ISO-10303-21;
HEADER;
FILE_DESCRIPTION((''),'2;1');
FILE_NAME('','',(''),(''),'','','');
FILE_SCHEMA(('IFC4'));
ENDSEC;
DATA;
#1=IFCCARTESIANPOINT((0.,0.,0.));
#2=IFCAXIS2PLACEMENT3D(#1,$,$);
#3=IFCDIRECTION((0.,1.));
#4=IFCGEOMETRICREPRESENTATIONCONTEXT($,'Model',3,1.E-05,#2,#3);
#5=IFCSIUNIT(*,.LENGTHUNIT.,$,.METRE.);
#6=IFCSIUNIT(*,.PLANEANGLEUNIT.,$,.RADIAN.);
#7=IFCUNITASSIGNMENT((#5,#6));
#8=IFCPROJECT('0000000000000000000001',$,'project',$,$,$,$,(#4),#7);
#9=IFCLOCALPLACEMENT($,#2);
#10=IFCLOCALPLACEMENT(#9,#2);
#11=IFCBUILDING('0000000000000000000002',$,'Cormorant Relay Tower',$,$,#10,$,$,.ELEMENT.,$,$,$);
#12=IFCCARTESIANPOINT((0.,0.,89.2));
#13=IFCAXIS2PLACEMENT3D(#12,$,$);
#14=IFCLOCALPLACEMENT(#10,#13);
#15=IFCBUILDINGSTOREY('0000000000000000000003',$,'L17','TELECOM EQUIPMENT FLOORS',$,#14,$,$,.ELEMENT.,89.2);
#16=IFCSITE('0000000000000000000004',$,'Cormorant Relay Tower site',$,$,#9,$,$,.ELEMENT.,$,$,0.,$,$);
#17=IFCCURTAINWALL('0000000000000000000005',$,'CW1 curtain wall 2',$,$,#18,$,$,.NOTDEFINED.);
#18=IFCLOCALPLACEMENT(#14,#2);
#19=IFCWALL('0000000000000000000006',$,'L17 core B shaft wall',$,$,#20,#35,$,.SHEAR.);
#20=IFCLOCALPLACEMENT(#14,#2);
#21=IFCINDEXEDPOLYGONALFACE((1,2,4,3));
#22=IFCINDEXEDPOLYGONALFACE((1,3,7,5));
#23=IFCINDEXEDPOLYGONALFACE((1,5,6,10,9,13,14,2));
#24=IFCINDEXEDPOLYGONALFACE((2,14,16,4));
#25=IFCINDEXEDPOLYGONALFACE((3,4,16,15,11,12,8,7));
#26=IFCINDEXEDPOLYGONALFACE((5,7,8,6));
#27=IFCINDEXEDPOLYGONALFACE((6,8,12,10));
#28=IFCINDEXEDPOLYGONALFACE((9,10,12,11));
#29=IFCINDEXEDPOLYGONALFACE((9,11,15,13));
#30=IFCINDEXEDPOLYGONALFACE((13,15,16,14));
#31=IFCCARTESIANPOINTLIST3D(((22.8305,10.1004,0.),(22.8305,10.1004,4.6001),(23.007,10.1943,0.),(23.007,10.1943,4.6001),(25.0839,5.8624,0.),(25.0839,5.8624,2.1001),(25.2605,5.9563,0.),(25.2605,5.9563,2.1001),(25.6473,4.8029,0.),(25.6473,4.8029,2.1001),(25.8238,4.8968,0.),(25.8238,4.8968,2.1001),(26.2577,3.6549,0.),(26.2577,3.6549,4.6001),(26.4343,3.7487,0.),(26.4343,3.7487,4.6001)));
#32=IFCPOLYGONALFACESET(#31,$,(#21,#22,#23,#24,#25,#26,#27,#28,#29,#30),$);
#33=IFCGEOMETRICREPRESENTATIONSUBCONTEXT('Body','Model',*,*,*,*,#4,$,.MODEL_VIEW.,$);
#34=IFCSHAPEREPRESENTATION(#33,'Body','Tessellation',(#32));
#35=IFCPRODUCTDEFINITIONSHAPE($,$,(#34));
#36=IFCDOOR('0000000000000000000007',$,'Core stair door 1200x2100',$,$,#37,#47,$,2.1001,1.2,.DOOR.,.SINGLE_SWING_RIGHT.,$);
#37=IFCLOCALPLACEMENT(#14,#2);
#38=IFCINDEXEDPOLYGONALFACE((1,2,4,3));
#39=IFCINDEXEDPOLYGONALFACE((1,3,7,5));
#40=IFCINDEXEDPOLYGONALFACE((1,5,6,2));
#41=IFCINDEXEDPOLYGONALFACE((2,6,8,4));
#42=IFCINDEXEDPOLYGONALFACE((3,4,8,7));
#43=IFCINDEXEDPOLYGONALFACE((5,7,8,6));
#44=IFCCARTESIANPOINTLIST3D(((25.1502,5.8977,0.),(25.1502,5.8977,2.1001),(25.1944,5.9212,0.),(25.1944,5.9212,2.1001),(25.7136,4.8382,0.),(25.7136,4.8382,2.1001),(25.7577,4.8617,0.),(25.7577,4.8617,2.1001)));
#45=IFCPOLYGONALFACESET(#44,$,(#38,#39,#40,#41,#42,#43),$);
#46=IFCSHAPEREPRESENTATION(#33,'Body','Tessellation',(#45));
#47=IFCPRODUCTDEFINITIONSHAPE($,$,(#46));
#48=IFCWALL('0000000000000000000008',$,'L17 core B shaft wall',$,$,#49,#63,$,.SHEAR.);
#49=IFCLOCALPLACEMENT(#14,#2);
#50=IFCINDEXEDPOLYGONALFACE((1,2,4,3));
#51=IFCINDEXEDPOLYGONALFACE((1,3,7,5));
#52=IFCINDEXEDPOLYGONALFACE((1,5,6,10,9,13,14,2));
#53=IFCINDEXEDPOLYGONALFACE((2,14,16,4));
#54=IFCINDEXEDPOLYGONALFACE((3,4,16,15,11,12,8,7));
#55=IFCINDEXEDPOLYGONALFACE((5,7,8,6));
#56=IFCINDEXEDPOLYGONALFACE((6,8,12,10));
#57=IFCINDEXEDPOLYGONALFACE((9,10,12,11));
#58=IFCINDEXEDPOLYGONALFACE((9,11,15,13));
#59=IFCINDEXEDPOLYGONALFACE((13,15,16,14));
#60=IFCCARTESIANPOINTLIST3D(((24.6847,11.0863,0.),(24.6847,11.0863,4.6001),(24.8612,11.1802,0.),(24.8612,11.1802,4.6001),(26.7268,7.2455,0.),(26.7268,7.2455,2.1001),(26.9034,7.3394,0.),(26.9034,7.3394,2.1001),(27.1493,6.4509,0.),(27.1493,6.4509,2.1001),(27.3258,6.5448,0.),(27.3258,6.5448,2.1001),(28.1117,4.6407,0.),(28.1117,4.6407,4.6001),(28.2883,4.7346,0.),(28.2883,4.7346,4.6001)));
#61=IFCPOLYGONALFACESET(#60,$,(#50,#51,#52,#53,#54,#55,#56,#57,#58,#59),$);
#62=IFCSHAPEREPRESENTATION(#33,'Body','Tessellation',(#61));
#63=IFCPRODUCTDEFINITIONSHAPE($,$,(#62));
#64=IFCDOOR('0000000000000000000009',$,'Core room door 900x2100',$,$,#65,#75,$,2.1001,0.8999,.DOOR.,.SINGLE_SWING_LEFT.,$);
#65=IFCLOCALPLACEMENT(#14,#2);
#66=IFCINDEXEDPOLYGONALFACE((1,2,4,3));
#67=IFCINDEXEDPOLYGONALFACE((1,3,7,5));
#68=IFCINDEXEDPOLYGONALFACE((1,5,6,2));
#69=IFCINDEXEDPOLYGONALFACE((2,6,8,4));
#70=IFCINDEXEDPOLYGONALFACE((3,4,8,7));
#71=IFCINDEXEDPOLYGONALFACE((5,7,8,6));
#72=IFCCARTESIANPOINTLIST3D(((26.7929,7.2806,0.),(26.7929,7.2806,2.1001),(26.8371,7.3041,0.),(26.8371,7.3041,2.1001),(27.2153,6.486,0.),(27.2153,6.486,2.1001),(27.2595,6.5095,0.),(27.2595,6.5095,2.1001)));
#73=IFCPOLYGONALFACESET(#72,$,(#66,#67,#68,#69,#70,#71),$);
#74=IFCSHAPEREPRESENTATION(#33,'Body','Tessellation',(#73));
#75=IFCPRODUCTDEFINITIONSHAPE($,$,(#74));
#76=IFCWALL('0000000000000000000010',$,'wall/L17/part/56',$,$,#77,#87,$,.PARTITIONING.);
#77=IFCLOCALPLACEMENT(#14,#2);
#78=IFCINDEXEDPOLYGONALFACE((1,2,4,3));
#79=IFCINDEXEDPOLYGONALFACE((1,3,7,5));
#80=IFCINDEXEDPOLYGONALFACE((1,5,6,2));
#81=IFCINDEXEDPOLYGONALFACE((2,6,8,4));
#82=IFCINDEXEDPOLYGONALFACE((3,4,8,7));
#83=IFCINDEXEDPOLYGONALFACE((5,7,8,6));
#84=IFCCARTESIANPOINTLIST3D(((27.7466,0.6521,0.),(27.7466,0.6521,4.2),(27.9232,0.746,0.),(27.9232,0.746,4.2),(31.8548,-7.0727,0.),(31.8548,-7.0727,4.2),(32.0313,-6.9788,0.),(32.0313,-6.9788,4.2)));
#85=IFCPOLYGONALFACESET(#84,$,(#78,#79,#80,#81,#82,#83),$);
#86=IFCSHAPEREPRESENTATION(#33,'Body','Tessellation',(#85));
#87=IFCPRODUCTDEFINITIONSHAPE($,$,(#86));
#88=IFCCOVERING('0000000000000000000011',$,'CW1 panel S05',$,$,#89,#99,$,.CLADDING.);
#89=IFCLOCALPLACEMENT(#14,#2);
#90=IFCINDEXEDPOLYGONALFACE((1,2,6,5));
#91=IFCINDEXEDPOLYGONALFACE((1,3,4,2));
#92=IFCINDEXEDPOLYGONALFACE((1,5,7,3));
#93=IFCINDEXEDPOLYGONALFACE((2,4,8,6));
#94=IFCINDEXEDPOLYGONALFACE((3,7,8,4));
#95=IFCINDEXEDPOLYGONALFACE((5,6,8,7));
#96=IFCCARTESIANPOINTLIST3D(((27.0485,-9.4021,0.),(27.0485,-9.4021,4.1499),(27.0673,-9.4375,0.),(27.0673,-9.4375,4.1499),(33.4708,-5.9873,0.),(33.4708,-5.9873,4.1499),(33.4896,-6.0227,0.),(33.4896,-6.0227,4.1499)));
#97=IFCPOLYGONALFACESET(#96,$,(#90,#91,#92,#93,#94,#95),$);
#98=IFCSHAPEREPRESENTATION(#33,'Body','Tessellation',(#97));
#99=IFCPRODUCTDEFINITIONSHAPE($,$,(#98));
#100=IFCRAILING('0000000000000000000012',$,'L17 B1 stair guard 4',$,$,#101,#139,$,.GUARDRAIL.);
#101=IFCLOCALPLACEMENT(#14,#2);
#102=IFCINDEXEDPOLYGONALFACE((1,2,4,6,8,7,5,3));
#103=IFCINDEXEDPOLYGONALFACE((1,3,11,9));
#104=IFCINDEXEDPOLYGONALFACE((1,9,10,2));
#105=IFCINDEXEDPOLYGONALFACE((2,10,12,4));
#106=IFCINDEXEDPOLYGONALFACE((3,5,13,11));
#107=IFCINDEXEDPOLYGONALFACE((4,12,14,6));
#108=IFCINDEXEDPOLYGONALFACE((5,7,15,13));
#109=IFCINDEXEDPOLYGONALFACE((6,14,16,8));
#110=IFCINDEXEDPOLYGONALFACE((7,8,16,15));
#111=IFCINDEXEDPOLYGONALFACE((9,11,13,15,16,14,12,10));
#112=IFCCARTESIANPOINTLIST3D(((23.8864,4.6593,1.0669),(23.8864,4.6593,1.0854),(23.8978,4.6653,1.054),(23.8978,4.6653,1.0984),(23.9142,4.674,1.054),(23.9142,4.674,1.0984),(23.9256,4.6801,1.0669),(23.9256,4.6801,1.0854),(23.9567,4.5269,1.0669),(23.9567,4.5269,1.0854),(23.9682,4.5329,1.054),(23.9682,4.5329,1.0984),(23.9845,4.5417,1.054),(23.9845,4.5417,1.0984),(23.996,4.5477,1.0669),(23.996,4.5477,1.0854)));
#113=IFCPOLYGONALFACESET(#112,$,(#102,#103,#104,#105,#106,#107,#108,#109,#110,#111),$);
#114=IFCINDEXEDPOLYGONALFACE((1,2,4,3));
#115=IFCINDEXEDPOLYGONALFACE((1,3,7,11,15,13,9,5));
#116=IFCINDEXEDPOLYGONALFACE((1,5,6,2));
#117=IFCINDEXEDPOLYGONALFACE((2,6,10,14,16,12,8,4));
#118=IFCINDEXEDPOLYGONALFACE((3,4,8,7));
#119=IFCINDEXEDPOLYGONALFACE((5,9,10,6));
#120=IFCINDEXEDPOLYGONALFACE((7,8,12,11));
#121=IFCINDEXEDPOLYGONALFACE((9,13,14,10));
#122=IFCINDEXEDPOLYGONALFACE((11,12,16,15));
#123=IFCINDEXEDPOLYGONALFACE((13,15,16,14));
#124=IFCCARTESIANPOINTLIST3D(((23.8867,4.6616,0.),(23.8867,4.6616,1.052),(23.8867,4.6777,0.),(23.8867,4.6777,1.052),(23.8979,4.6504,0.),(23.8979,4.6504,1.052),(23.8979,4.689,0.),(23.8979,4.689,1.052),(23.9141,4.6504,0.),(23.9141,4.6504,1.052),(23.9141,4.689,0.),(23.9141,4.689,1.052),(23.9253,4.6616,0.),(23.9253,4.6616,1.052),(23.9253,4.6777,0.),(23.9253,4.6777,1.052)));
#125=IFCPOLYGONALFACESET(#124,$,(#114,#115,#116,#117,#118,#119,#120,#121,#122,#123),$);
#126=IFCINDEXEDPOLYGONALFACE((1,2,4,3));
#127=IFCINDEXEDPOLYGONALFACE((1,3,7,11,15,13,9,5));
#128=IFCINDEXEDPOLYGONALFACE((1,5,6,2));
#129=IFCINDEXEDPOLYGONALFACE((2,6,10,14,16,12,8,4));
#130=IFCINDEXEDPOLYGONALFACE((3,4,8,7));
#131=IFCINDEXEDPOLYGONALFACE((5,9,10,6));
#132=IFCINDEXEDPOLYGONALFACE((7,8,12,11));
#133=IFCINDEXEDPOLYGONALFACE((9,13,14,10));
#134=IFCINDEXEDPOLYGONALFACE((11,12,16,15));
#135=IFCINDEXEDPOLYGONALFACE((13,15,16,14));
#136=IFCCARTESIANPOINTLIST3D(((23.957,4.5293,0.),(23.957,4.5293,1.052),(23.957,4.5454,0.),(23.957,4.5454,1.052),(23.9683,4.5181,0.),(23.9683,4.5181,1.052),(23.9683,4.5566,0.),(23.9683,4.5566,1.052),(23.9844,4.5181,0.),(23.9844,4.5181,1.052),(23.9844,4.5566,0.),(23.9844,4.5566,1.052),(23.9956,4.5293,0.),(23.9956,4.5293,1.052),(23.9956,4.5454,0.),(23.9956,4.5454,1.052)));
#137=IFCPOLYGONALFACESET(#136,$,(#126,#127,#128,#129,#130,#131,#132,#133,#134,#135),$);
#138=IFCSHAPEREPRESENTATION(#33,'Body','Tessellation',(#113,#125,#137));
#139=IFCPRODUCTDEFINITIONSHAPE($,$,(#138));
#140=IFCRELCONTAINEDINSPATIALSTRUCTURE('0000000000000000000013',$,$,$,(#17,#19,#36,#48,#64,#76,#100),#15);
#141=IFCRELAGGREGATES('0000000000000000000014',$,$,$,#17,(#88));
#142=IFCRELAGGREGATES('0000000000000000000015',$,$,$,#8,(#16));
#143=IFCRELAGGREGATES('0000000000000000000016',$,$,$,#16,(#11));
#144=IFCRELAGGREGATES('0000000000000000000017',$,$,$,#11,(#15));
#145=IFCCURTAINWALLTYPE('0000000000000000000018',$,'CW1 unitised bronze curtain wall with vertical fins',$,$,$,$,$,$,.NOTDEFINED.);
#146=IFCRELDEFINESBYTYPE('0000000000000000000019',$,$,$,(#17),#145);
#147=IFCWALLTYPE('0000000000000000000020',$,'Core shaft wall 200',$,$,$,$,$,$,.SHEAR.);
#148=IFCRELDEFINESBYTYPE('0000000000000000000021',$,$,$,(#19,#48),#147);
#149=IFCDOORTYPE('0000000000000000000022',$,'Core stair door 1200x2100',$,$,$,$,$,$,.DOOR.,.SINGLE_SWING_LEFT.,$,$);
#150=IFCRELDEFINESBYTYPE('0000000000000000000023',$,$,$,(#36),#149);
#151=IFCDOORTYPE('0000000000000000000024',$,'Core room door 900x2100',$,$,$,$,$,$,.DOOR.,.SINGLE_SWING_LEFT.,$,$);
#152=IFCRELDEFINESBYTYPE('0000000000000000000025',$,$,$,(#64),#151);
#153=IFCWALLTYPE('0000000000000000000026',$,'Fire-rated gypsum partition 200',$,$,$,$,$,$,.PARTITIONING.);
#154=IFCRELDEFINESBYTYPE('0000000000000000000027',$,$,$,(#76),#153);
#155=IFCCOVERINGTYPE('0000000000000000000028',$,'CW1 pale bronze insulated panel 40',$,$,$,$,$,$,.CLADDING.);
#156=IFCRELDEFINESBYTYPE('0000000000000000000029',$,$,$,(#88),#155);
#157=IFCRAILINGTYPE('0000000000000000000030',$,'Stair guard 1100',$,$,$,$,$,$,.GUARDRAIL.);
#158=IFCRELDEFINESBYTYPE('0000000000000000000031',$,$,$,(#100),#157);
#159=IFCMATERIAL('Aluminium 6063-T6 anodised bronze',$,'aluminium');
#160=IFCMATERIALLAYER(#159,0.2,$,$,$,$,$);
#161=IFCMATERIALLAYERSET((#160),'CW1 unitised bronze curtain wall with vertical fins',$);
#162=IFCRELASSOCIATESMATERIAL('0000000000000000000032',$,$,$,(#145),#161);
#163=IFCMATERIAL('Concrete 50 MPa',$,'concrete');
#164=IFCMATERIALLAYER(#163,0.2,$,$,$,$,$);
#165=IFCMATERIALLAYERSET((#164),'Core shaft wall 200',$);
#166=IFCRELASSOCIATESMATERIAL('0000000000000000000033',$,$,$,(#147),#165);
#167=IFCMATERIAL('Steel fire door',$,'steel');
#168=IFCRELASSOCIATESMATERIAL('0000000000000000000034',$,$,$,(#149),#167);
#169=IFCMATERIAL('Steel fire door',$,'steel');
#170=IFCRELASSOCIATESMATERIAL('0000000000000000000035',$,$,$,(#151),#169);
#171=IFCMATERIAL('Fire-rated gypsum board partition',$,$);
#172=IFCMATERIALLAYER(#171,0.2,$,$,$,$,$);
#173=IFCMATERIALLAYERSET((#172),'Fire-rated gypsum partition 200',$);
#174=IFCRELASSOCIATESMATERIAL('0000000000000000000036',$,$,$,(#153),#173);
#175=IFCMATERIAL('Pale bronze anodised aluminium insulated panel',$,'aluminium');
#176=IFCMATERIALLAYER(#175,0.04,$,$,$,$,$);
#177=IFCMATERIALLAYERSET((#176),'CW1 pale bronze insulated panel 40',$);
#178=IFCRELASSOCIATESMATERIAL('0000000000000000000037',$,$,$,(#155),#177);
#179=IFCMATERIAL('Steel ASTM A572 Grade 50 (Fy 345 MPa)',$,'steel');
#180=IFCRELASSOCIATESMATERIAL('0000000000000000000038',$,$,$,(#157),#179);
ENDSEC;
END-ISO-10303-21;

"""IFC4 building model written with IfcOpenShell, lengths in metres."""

from ifc_helpers import new_model, si_unit, direction, frame, frame_2d, origin, origin_2d, place, context, subcontext, project, spatial, polyline, rectangle, outline, extrude, material, layer, layer_set, type_object, element, fill, aggregate, save


model = new_model("IFC4")

# Units and contexts
model_context = context("Model", 3, precision=1e-05, world=origin(), true_north=direction((0.0, 1.0)))
body_context = subcontext(model_context, "Body", "Model", "MODEL_VIEW")
ifc_project = project(units=[si_unit("LENGTHUNIT", "METRE"), si_unit("PLANEANGLEUNIT", "RADIAN")], contexts=[model_context])

# Site, building, storey
site_placement = place(None, origin())
site = spatial("IfcSite", under=ifc_project, at=site_placement, Name="Cormorant Relay Tower site", CompositionType="ELEMENT", RefElevation=0.0)
building_placement = place(site_placement, origin())
building = spatial("IfcBuilding", under=site, at=building_placement, Name="Cormorant Relay Tower", CompositionType="ELEMENT")
storey_placement = place(building_placement, frame((0.0, 0.0, 89.2)))
storey = spatial("IfcBuildingStorey", under=building, at=storey_placement, Name="L17", Description="TELECOM EQUIPMENT FLOORS", CompositionType="ELEMENT", Elevation=89.2)

# Curtain wall
ifc_material_1 = material(Name="Aluminium 6063-T6 anodised bronze", Category="aluminium")
ifc_layer_1 = layer(ifc_material_1, 0.2)
ifc_layer_set_1 = layer_set([ifc_layer_1], Name="CW1 unitised bronze curtain wall with vertical fins")
curtain_wall_type = type_object("IfcCurtainWallType", Name="CW1 unitised bronze curtain wall with vertical fins", PredefinedType="NOTDEFINED", material=ifc_layer_set_1)
curtain_wall_placement = place(storey_placement, origin())
curtain_wall = element("IfcCurtainWall", 1, at=curtain_wall_placement, inside=storey, type_object=curtain_wall_type, Name="CW1 curtain wall 2", PredefinedType="NOTDEFINED")

# Walls, openings, doors
ifc_material_2 = material(Name="Concrete 50 MPa", Category="concrete")
ifc_layer_2 = layer(ifc_material_2, 0.2)
ifc_layer_set_2 = layer_set([ifc_layer_2], Name="Core shaft wall 200")
wall_type_1 = type_object("IfcWallType", Name="Core shaft wall 200", PredefinedType="SHEAR", material=ifc_layer_set_2)
wall_1_placement = place(storey_placement, frame((26.3459, 3.7019, 0.0), z_axis=(0.0, 0.0, 1.0), x_axis=(-0.46948, 0.882943, 0.0)))
wall_1 = element("IfcWall", 2, at=wall_1_placement, inside=storey, type_object=wall_type_1, Name="L17 core B shaft wall", PredefinedType="SHEAR", context=body_context, shape_type="SweptSolid", body=[
    extrude(rectangle(XDim=7.3, YDim=0.2, at=frame_2d((3.6499, 0.0))), origin(), (0.0, 0.0, 1.0), 4.6001),
])
opening_1_placement = place(wall_1_placement, frame((1.3, 0.0, 0.0)))
opening_1 = element("IfcOpeningElement", 3, at=opening_1_placement, cuts=wall_1, PredefinedType="OPENING", context=body_context, shape_type="SweptSolid", body=[
    extrude(rectangle(XDim=1.2, YDim=2.1001, at=frame_2d((0.6001, 1.05))), frame((0.0, 0.1099, 0.0), z_axis=(0.0, -1.0, 0.0), x_axis=(1.0, 0.0, 0.0)), (0.0, 0.0, 1.0), 0.22),
])
ifc_material_3 = material(Name="Steel fire door", Category="steel")
door_type_1 = type_object("IfcDoorType", Name="Core stair door 1200x2100", OperationType="SINGLE_SWING_LEFT", PredefinedType="DOOR", material=ifc_material_3)
door_1_placement = place(opening_1_placement, origin())
door_1 = element("IfcDoor", 4, at=door_1_placement, inside=storey, type_object=door_type_1, Name="Core stair door 1200x2100", OperationType="SINGLE_SWING_RIGHT", OverallHeight=2.1001, OverallWidth=1.2, PredefinedType="DOOR", context=body_context, shape_type="SweptSolid", body=[
    extrude(rectangle(XDim=1.2, YDim=2.1001, at=frame_2d((0.6001, 1.05))), frame((0.0, 0.0249, 0.0), z_axis=(0.0, -1.0, 0.0), x_axis=(1.0, 0.0, 0.0)), (0.0, 0.0, 1.0), 0.05),
])
fill(opening_1, door_1)
wall_2_placement = place(storey_placement, frame((28.2, 4.6877, 0.0), z_axis=(0.0, 0.0, 1.0), x_axis=(-0.469454, 0.882957, 0.0)))
wall_2 = element("IfcWall", 5, at=wall_2_placement, inside=storey, type_object=wall_type_1, Name="L17 core B shaft wall", PredefinedType="SHEAR", context=body_context, shape_type="SweptSolid", body=[
    extrude(rectangle(XDim=7.3, YDim=0.2, at=frame_2d((3.6499, 0.0))), origin(), (0.0, 0.0, 1.0), 4.6001),
])
opening_2_placement = place(wall_2_placement, frame((2.05, 0.0, 0.0)))
opening_2 = element("IfcOpeningElement", 6, at=opening_2_placement, cuts=wall_2, PredefinedType="OPENING", context=body_context, shape_type="SweptSolid", body=[
    extrude(rectangle(XDim=0.8999, YDim=2.1001, at=frame_2d((0.45, 1.05))), frame((0.0, 0.1099, 0.0), z_axis=(0.0, -1.0, 0.0), x_axis=(1.0, 0.0, 0.0)), (0.0, 0.0, 1.0), 0.22),
])
ifc_material_4 = material(Name="Steel fire door", Category="steel")
door_type_2 = type_object("IfcDoorType", Name="Core room door 900x2100", OperationType="SINGLE_SWING_LEFT", PredefinedType="DOOR", material=ifc_material_4)
door_2_placement = place(opening_2_placement, frame((0.8999, 0.0, 0.0), z_axis=(0.0, 0.0, 1.0), x_axis=(-1.0, 0.0, 0.0)))
door_2 = element("IfcDoor", 7, at=door_2_placement, inside=storey, type_object=door_type_2, Name="Core room door 900x2100", OperationType="SINGLE_SWING_LEFT", OverallHeight=2.1001, OverallWidth=0.8999, PredefinedType="DOOR", context=body_context, shape_type="SweptSolid", body=[
    extrude(rectangle(XDim=0.8999, YDim=2.1001, at=frame_2d((0.45, 1.05))), frame((0.0, 0.0249, 0.0), z_axis=(0.0, -1.0, 0.0), x_axis=(1.0, 0.0, 0.0)), (0.0, 0.0, 1.0), 0.05),
])
fill(opening_2, door_2)

# Wall
ifc_material_5 = material(Name="Fire-rated gypsum board partition")
ifc_layer_3 = layer(ifc_material_5, 0.2)
ifc_layer_set_3 = layer_set([ifc_layer_3], Name="Fire-rated gypsum partition 200")
wall_type_2 = type_object("IfcWallType", Name="Fire-rated gypsum partition 200", PredefinedType="PARTITIONING", material=ifc_layer_set_3)
wall_3_placement = place(storey_placement, frame((27.835, 0.699, 0.0), z_axis=(0.0, 0.0, 1.0), x_axis=(0.469541, -0.882911, 0.0)))
element("IfcWall", 8, at=wall_3_placement, inside=storey, type_object=wall_type_2, Name="wall/L17/part/56", PredefinedType="PARTITIONING", context=body_context, shape_type="SweptSolid", body=[
    extrude(rectangle(XDim=8.7493, YDim=0.2, at=frame_2d((4.3745, 0.0))), origin(), (0.0, 0.0, 1.0), 4.2),
])

# Covering
ifc_material_6 = material(Name="Pale bronze anodised aluminium insulated panel", Category="aluminium")
ifc_layer_4 = layer(ifc_material_6, 0.04)
ifc_layer_set_4 = layer_set([ifc_layer_4], Name="CW1 pale bronze insulated panel 40")
covering_type = type_object("IfcCoveringType", Name="CW1 pale bronze insulated panel 40", PredefinedType="CLADDING", material=ifc_layer_set_4)
covering_placement = place(storey_placement, frame((30.269, -7.7124, 0.0), z_axis=(0.0, 0.0, 1.0), x_axis=(0.882948, 0.469472, 0.0)))
covering = element("IfcCovering", 9, at=covering_placement, type_object=covering_type, Name="CW1 panel S05", PredefinedType="CLADDING", context=body_context, shape_type="SweptSolid", body=[
    extrude(rectangle(XDim=7.2737, YDim=0.04, at=origin_2d()), origin(), (0.0, 0.0, 1.0), 4.1499),
])
aggregate(curtain_wall, [covering])

# Railing
ifc_material_7 = material(Name="Steel ASTM A572 Grade 50 (Fy 345 MPa)", Category="steel")
railing_type_1 = type_object("IfcRailingType", Name="Stair guard 1100", PredefinedType="GUARDRAIL", material=ifc_material_7)
railing_1_placement = place(storey_placement, frame((23.906, 4.6697, 0.0)))
element("IfcRailing", 10, at=railing_1_placement, inside=storey, type_object=railing_type_1, Name="L17 B1 stair guard 4", PredefinedType="GUARDRAIL", context=body_context, shape_type="SweptSolid", body=[
    extrude(outline(polyline([(0.0222, 0.0093), (0.0093, 0.0222), (-0.0093, 0.0222), (-0.0222, 0.0093), (-0.0222, -0.0093), (-0.0093, -0.0222), (0.0093, -0.0222), (0.0222, -0.0093), (0.0222, 0.0093)])), frame((0.0, 0.0, 1.0762), z_axis=(0.469235, -0.883074, 0.0), x_axis=(0.883074, 0.469235, 0.0)), (0.0, 0.0, 1.0), 0.1499),
    extrude(outline(polyline([(0.0193, 0.0081), (0.0081, 0.0193), (-0.0081, 0.0193), (-0.0193, 0.0081), (-0.0193, -0.0081), (-0.0081, -0.0193), (0.0081, -0.0193), (0.0193, -0.0081), (0.0193, 0.0081)])), origin(), (0.0, 0.0, 1.0), 1.052),
    extrude(outline(polyline([(0.0193, 0.0081), (0.0081, 0.0193), (-0.0081, 0.0193), (-0.0193, 0.0081), (-0.0193, -0.0081), (-0.0081, -0.0193), (0.0081, -0.0193), (0.0193, -0.0081), (0.0193, 0.0081)])), frame((0.0703, -0.1323, 0.0)), (0.0, 0.0, 1.0), 1.052),
])

save(model, "model.ifc")
